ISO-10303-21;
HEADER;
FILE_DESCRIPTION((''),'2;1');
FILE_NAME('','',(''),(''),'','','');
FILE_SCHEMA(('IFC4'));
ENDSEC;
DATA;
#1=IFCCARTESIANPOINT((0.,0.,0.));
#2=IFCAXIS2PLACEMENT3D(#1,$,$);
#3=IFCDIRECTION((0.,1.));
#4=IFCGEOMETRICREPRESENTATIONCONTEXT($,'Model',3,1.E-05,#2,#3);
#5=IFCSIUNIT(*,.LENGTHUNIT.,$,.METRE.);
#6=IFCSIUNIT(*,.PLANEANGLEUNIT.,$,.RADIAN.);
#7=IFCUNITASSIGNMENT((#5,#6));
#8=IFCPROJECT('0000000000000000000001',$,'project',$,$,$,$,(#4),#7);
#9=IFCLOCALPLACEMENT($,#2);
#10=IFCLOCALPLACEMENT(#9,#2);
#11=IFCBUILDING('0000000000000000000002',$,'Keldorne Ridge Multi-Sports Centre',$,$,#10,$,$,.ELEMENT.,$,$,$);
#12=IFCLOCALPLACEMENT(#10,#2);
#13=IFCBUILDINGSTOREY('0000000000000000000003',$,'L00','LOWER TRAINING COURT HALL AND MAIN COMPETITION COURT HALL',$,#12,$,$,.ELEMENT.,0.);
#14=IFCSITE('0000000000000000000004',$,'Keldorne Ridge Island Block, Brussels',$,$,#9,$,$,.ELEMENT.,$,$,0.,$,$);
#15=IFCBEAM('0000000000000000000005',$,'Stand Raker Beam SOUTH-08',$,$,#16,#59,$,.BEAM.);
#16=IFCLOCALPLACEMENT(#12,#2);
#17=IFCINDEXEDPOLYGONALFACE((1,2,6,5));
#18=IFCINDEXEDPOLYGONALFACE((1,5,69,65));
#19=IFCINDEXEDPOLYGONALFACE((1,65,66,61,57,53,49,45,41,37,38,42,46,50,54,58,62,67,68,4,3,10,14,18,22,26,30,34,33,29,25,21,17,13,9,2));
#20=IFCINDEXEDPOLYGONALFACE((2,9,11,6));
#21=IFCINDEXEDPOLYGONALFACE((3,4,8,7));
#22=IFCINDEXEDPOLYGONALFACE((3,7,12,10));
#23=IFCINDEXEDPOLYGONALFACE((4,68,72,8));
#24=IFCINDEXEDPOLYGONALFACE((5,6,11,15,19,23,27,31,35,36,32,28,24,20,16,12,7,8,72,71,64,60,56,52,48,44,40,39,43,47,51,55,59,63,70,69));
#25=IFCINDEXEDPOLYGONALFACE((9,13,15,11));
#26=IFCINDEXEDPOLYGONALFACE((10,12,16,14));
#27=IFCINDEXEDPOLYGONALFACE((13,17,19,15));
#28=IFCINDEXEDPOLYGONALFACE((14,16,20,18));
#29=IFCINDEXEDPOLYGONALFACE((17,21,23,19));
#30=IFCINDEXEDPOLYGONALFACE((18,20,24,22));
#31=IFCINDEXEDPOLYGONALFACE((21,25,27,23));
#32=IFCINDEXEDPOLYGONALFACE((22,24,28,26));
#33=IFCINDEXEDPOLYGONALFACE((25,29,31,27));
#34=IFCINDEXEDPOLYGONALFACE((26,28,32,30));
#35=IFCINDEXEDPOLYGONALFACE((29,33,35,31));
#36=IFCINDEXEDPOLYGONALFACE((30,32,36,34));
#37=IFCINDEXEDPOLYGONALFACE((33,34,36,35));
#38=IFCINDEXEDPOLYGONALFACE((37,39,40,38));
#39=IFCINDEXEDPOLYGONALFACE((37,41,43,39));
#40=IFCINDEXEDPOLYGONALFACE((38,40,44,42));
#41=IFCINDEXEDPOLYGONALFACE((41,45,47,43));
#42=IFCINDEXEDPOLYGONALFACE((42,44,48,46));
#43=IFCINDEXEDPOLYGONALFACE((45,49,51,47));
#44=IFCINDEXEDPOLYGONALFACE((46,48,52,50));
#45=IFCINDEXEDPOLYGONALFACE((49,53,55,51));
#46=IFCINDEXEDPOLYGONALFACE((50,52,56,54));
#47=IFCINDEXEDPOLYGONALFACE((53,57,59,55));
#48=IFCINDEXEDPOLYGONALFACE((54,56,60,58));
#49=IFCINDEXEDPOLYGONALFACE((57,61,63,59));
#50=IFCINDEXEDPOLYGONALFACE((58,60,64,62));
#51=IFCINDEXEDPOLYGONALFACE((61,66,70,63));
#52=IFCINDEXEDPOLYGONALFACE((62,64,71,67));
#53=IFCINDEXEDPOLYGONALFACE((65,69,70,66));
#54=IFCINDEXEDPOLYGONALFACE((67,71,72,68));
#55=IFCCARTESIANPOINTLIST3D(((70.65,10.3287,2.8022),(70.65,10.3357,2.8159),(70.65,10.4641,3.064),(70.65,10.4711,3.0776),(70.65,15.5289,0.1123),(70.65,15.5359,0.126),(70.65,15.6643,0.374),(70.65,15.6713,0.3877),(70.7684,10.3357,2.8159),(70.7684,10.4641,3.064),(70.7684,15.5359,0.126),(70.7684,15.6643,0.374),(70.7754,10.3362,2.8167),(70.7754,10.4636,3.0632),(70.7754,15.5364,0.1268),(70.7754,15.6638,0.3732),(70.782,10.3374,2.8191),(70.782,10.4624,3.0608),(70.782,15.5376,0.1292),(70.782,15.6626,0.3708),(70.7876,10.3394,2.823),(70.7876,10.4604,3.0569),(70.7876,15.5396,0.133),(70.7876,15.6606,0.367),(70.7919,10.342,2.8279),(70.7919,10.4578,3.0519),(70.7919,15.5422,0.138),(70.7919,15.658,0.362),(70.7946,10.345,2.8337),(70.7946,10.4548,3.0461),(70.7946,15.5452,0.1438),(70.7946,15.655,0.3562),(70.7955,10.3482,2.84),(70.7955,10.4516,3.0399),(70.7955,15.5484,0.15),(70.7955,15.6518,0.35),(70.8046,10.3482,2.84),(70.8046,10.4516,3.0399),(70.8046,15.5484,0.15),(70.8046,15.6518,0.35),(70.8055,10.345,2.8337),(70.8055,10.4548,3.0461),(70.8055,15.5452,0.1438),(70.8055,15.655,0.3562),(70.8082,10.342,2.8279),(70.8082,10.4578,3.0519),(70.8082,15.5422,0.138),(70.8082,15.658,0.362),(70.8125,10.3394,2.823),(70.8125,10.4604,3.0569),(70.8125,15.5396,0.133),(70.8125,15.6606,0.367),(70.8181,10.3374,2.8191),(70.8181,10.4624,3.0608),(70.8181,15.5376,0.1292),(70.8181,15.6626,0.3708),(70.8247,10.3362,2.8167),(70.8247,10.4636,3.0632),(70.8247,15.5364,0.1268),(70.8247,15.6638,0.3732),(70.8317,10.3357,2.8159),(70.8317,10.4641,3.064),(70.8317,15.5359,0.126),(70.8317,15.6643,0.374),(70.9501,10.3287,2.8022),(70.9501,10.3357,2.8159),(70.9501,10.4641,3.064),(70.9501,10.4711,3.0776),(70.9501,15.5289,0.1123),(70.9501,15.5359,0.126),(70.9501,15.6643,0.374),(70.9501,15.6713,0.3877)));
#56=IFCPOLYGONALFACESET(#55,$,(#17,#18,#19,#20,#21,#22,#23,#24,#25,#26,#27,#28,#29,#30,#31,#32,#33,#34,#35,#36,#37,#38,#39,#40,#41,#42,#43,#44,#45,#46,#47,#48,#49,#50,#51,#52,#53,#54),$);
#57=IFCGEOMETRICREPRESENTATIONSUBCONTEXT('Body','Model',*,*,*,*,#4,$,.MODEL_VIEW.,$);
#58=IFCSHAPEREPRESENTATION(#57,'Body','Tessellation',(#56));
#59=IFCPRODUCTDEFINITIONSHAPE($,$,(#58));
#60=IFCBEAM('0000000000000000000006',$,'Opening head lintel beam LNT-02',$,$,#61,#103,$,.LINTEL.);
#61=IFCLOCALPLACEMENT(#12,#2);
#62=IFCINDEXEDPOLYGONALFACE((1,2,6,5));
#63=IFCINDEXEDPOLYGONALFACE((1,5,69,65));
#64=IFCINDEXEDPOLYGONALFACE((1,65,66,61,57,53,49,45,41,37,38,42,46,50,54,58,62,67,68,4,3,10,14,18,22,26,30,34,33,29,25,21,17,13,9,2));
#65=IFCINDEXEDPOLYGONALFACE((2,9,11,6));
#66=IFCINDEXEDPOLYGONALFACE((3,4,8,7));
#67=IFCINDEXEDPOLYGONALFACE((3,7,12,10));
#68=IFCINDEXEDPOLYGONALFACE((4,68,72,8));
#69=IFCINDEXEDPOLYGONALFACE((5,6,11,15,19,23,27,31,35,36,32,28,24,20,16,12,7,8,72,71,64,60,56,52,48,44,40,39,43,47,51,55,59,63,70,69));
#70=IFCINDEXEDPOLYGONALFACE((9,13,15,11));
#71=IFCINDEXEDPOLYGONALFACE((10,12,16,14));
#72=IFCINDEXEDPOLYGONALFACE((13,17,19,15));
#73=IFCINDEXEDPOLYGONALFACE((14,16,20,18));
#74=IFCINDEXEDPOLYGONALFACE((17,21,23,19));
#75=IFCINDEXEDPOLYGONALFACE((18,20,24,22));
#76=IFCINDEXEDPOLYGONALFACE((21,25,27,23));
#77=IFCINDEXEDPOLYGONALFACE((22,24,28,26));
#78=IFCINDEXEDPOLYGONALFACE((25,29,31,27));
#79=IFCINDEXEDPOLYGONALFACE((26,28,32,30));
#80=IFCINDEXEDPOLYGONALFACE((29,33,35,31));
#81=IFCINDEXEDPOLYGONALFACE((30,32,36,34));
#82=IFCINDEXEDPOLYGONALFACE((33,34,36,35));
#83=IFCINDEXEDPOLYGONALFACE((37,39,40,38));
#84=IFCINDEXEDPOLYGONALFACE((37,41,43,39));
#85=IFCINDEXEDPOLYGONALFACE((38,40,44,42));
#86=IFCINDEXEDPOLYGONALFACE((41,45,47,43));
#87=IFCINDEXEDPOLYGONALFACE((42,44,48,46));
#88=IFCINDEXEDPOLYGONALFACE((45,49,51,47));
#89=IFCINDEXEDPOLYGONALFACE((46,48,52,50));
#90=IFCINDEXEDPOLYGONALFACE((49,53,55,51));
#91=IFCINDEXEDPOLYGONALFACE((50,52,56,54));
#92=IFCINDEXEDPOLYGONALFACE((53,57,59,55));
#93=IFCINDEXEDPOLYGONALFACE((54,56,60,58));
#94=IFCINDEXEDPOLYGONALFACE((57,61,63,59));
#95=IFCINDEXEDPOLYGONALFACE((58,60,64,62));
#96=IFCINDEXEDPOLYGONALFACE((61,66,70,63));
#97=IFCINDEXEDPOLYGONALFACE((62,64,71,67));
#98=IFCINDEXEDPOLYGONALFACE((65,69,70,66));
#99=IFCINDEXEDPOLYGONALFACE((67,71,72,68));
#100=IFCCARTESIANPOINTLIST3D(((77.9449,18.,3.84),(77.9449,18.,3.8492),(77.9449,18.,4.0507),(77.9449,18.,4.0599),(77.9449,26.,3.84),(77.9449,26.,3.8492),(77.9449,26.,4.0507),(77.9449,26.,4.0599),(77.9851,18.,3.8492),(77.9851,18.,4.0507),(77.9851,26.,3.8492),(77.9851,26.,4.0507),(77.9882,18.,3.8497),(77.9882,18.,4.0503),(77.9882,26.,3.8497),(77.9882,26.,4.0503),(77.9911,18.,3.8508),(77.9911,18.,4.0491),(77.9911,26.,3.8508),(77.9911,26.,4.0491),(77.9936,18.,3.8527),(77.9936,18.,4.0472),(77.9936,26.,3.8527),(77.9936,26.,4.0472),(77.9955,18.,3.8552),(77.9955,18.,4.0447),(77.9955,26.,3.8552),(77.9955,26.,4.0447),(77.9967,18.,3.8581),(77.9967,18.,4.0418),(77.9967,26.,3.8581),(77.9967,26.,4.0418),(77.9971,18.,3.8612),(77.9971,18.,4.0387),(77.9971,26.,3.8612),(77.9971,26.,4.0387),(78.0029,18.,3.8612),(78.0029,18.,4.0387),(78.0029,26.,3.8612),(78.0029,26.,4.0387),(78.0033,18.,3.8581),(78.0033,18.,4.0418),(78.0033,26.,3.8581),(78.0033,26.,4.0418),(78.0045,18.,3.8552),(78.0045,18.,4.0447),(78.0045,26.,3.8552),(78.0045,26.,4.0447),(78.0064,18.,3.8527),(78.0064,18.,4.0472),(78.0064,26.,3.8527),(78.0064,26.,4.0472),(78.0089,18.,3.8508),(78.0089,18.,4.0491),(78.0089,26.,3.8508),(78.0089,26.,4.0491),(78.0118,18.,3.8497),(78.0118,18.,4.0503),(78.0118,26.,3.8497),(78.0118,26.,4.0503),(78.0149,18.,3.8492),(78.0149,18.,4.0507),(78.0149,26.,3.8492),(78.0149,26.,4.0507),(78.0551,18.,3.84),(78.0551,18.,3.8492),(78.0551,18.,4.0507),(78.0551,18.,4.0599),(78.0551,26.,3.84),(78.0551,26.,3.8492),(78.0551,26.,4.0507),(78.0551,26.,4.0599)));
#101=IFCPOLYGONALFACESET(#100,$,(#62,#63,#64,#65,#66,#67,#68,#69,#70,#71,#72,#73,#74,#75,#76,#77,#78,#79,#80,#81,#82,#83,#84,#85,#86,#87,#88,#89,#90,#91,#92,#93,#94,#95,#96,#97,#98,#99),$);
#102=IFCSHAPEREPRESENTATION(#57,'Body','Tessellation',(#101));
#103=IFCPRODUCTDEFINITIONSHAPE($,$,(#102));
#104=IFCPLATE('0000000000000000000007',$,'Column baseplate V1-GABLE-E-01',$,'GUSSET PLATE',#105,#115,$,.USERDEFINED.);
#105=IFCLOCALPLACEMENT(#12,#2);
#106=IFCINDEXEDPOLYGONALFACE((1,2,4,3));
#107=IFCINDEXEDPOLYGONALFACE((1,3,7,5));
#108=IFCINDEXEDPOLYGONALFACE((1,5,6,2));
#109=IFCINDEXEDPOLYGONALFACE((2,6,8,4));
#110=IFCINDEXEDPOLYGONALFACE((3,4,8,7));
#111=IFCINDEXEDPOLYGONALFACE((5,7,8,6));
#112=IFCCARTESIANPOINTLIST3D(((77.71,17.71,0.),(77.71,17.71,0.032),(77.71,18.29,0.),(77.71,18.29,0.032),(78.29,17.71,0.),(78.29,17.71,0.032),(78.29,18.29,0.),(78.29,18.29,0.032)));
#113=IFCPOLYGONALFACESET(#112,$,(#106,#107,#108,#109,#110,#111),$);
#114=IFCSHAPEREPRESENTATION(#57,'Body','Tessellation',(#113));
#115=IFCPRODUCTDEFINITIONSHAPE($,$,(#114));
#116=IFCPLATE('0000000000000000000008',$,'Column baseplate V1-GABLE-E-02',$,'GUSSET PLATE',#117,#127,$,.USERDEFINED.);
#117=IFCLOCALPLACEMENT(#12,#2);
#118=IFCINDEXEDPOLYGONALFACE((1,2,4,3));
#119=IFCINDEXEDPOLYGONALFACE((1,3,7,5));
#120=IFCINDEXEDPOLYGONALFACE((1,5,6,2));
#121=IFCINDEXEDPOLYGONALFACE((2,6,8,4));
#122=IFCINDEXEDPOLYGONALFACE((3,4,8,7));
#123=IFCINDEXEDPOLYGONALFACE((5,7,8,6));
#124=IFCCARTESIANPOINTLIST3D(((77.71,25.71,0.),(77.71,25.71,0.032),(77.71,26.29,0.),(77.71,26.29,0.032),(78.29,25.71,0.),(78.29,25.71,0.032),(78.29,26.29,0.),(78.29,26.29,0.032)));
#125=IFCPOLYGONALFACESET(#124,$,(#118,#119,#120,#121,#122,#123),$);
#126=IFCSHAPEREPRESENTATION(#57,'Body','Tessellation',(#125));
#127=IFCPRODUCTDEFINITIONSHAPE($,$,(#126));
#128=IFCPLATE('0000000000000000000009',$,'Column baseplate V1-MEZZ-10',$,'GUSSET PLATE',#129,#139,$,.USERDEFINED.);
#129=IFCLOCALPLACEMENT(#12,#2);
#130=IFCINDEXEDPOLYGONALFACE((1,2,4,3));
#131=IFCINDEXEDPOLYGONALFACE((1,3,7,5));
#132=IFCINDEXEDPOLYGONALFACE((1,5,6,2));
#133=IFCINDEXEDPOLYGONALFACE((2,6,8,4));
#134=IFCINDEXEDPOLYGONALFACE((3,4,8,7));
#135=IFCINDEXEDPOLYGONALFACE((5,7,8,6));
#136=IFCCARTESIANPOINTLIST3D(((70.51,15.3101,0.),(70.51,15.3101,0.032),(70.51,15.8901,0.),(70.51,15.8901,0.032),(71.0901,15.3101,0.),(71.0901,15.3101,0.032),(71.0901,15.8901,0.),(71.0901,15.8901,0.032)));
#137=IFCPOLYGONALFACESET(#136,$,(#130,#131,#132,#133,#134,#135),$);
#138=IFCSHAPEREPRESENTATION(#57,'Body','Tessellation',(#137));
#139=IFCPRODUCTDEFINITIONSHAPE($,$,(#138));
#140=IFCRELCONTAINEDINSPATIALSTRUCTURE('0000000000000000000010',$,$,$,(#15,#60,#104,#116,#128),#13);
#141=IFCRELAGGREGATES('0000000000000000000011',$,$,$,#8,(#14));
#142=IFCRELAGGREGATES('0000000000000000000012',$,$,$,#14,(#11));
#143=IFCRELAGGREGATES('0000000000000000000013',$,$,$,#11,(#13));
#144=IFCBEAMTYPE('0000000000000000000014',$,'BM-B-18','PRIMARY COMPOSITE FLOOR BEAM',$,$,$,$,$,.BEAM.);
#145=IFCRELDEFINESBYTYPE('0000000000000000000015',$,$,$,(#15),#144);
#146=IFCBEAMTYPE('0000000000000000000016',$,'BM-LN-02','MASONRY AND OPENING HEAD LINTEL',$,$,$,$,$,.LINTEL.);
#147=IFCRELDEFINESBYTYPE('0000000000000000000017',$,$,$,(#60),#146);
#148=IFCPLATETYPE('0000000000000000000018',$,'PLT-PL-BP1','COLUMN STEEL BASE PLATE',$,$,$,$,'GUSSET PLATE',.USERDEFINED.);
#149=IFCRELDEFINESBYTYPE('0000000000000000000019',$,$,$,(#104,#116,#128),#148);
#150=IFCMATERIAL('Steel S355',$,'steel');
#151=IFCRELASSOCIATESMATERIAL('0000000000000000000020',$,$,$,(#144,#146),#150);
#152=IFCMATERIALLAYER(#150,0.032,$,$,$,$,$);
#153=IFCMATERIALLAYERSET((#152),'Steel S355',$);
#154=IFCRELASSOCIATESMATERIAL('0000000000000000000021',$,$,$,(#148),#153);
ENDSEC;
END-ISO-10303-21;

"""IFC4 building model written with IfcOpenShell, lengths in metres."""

from ifc_helpers import new_model, si_unit, direction, frame, origin, origin_2d, place, context, subcontext, project, spatial, rectangle, i_section, extrude, material, layer, layer_set, material_profile, profile_set, type_object, element, save


model = new_model("IFC4")

# Units and contexts
model_context = context("Model", 3, precision=1e-05, world=origin(), true_north=direction((0.0, 1.0)))
body_context = subcontext(model_context, "Body", "Model", "MODEL_VIEW")
ifc_project = project(units=[si_unit("LENGTHUNIT", "METRE"), si_unit("PLANEANGLEUNIT", "RADIAN")], contexts=[model_context])

# Site, building, storey
site_placement = place(None, origin())
site = spatial("IfcSite", under=ifc_project, at=site_placement, Name="Keldorne Ridge Island Block, Brussels", CompositionType="ELEMENT", RefElevation=0.0)
building_placement = place(site_placement, origin())
building = spatial("IfcBuilding", under=site, at=building_placement, Name="Keldorne Ridge Multi-Sports Centre", CompositionType="ELEMENT")
storey_placement = place(building_placement, origin())
storey = spatial("IfcBuildingStorey", under=building, at=storey_placement, Name="L00", Description="LOWER TRAINING COURT HALL AND MAIN COMPETITION COURT HALL", CompositionType="ELEMENT", Elevation=0.0)

# Shared definitions
ifc_material_1 = material(Name="Steel S355", Category="steel")

# Beams
ifc_material_profile_1 = material_profile(ifc_material_1, i_section(OverallWidth=0.3, OverallDepth=0.3101, WebThickness=0.009, FlangeThickness=0.0154, FilletRadius=0.0271, at=origin_2d()), Name="HEA 320")
ifc_profile_set_1 = profile_set([ifc_material_profile_1], Name="Steel S355")
beam_type_1 = type_object("IfcBeamType", Name="BM-B-18", Description="PRIMARY COMPOSITE FLOOR BEAM", PredefinedType="BEAM", material=ifc_profile_set_1)
beam_1_placement = place(storey_placement, frame((70.8, 15.6001, 0.25), z_axis=(0.0, -0.888205, 0.459448), x_axis=(1.0, 0.0, 0.0)))
element("IfcBeam", 1, at=beam_1_placement, inside=storey, type_object=beam_type_1, Name="Stand Raker Beam SOUTH-08", PredefinedType="BEAM", context=body_context, shape_type="SweptSolid", body=[
    extrude(i_section(OverallWidth=0.3, OverallDepth=0.3101, WebThickness=0.009, FlangeThickness=0.0154, FilletRadius=0.0271, at=origin_2d()), origin(), (0.0, 0.0, 1.0), 5.8547),
])
ifc_material_profile_2 = material_profile(ifc_material_1, i_section(OverallWidth=0.1101, OverallDepth=0.22, WebThickness=0.0059, FlangeThickness=0.0093, FilletRadius=0.012, at=origin_2d()), Name="IPE 220")
ifc_profile_set_2 = profile_set([ifc_material_profile_2], Name="Steel S355")
beam_type_2 = type_object("IfcBeamType", Name="BM-LN-02", Description="MASONRY AND OPENING HEAD LINTEL", PredefinedType="LINTEL", material=ifc_profile_set_2)
beam_2_placement = place(storey_placement, frame((78.0, 18.0, 3.95), z_axis=(0.0, 1.0, 0.0), x_axis=(-1.0, 0.0, 0.0)))
element("IfcBeam", 2, at=beam_2_placement, inside=storey, type_object=beam_type_2, Name="Opening head lintel beam LNT-02", PredefinedType="LINTEL", context=body_context, shape_type="SweptSolid", body=[
    extrude(i_section(OverallWidth=0.1101, OverallDepth=0.22, WebThickness=0.0059, FlangeThickness=0.0093, FilletRadius=0.012, at=origin_2d()), origin(), (0.0, 0.0, 1.0), 8.0),
])

# Plates
ifc_layer_1 = layer(ifc_material_1, 0.032)
ifc_layer_set_1 = layer_set([ifc_layer_1], Name="Steel S355")
plate_type = type_object("IfcPlateType", Name="PLT-PL-BP1", Description="COLUMN STEEL BASE PLATE", ElementType="GUSSET PLATE", PredefinedType="USERDEFINED", material=ifc_layer_set_1)
for number, where, z_axis, x_axis, name in (
    (3, (78.0, 18.0, 0.0), (0.0, 0.0, 1.0), (1.0, 0.0, 0.0), "Column baseplate V1-GABLE-E-01"),
    (4, (78.0, 26.0, 0.0), (0.0, 0.0, 1.0), (1.0, 0.0, 0.0), "Column baseplate V1-GABLE-E-02"),
    (5, (70.8, 15.6001, 0.0), (0.0, 0.0, 1.0), (1.0, 0.0, 0.0), "Column baseplate V1-MEZZ-10"),
):
    element("IfcPlate", number, at=place(storey_placement, frame(where, z_axis=z_axis, x_axis=x_axis)), inside=storey, type_object=plate_type, Name=name, ObjectType="GUSSET PLATE", PredefinedType="USERDEFINED", context=body_context, shape_type="SweptSolid", body=[
        extrude(rectangle(XDim=0.5801, YDim=0.5801, at=origin_2d()), origin(), (0.0, 0.0, 1.0), 0.032),
    ])

save(model, "model.ifc")
